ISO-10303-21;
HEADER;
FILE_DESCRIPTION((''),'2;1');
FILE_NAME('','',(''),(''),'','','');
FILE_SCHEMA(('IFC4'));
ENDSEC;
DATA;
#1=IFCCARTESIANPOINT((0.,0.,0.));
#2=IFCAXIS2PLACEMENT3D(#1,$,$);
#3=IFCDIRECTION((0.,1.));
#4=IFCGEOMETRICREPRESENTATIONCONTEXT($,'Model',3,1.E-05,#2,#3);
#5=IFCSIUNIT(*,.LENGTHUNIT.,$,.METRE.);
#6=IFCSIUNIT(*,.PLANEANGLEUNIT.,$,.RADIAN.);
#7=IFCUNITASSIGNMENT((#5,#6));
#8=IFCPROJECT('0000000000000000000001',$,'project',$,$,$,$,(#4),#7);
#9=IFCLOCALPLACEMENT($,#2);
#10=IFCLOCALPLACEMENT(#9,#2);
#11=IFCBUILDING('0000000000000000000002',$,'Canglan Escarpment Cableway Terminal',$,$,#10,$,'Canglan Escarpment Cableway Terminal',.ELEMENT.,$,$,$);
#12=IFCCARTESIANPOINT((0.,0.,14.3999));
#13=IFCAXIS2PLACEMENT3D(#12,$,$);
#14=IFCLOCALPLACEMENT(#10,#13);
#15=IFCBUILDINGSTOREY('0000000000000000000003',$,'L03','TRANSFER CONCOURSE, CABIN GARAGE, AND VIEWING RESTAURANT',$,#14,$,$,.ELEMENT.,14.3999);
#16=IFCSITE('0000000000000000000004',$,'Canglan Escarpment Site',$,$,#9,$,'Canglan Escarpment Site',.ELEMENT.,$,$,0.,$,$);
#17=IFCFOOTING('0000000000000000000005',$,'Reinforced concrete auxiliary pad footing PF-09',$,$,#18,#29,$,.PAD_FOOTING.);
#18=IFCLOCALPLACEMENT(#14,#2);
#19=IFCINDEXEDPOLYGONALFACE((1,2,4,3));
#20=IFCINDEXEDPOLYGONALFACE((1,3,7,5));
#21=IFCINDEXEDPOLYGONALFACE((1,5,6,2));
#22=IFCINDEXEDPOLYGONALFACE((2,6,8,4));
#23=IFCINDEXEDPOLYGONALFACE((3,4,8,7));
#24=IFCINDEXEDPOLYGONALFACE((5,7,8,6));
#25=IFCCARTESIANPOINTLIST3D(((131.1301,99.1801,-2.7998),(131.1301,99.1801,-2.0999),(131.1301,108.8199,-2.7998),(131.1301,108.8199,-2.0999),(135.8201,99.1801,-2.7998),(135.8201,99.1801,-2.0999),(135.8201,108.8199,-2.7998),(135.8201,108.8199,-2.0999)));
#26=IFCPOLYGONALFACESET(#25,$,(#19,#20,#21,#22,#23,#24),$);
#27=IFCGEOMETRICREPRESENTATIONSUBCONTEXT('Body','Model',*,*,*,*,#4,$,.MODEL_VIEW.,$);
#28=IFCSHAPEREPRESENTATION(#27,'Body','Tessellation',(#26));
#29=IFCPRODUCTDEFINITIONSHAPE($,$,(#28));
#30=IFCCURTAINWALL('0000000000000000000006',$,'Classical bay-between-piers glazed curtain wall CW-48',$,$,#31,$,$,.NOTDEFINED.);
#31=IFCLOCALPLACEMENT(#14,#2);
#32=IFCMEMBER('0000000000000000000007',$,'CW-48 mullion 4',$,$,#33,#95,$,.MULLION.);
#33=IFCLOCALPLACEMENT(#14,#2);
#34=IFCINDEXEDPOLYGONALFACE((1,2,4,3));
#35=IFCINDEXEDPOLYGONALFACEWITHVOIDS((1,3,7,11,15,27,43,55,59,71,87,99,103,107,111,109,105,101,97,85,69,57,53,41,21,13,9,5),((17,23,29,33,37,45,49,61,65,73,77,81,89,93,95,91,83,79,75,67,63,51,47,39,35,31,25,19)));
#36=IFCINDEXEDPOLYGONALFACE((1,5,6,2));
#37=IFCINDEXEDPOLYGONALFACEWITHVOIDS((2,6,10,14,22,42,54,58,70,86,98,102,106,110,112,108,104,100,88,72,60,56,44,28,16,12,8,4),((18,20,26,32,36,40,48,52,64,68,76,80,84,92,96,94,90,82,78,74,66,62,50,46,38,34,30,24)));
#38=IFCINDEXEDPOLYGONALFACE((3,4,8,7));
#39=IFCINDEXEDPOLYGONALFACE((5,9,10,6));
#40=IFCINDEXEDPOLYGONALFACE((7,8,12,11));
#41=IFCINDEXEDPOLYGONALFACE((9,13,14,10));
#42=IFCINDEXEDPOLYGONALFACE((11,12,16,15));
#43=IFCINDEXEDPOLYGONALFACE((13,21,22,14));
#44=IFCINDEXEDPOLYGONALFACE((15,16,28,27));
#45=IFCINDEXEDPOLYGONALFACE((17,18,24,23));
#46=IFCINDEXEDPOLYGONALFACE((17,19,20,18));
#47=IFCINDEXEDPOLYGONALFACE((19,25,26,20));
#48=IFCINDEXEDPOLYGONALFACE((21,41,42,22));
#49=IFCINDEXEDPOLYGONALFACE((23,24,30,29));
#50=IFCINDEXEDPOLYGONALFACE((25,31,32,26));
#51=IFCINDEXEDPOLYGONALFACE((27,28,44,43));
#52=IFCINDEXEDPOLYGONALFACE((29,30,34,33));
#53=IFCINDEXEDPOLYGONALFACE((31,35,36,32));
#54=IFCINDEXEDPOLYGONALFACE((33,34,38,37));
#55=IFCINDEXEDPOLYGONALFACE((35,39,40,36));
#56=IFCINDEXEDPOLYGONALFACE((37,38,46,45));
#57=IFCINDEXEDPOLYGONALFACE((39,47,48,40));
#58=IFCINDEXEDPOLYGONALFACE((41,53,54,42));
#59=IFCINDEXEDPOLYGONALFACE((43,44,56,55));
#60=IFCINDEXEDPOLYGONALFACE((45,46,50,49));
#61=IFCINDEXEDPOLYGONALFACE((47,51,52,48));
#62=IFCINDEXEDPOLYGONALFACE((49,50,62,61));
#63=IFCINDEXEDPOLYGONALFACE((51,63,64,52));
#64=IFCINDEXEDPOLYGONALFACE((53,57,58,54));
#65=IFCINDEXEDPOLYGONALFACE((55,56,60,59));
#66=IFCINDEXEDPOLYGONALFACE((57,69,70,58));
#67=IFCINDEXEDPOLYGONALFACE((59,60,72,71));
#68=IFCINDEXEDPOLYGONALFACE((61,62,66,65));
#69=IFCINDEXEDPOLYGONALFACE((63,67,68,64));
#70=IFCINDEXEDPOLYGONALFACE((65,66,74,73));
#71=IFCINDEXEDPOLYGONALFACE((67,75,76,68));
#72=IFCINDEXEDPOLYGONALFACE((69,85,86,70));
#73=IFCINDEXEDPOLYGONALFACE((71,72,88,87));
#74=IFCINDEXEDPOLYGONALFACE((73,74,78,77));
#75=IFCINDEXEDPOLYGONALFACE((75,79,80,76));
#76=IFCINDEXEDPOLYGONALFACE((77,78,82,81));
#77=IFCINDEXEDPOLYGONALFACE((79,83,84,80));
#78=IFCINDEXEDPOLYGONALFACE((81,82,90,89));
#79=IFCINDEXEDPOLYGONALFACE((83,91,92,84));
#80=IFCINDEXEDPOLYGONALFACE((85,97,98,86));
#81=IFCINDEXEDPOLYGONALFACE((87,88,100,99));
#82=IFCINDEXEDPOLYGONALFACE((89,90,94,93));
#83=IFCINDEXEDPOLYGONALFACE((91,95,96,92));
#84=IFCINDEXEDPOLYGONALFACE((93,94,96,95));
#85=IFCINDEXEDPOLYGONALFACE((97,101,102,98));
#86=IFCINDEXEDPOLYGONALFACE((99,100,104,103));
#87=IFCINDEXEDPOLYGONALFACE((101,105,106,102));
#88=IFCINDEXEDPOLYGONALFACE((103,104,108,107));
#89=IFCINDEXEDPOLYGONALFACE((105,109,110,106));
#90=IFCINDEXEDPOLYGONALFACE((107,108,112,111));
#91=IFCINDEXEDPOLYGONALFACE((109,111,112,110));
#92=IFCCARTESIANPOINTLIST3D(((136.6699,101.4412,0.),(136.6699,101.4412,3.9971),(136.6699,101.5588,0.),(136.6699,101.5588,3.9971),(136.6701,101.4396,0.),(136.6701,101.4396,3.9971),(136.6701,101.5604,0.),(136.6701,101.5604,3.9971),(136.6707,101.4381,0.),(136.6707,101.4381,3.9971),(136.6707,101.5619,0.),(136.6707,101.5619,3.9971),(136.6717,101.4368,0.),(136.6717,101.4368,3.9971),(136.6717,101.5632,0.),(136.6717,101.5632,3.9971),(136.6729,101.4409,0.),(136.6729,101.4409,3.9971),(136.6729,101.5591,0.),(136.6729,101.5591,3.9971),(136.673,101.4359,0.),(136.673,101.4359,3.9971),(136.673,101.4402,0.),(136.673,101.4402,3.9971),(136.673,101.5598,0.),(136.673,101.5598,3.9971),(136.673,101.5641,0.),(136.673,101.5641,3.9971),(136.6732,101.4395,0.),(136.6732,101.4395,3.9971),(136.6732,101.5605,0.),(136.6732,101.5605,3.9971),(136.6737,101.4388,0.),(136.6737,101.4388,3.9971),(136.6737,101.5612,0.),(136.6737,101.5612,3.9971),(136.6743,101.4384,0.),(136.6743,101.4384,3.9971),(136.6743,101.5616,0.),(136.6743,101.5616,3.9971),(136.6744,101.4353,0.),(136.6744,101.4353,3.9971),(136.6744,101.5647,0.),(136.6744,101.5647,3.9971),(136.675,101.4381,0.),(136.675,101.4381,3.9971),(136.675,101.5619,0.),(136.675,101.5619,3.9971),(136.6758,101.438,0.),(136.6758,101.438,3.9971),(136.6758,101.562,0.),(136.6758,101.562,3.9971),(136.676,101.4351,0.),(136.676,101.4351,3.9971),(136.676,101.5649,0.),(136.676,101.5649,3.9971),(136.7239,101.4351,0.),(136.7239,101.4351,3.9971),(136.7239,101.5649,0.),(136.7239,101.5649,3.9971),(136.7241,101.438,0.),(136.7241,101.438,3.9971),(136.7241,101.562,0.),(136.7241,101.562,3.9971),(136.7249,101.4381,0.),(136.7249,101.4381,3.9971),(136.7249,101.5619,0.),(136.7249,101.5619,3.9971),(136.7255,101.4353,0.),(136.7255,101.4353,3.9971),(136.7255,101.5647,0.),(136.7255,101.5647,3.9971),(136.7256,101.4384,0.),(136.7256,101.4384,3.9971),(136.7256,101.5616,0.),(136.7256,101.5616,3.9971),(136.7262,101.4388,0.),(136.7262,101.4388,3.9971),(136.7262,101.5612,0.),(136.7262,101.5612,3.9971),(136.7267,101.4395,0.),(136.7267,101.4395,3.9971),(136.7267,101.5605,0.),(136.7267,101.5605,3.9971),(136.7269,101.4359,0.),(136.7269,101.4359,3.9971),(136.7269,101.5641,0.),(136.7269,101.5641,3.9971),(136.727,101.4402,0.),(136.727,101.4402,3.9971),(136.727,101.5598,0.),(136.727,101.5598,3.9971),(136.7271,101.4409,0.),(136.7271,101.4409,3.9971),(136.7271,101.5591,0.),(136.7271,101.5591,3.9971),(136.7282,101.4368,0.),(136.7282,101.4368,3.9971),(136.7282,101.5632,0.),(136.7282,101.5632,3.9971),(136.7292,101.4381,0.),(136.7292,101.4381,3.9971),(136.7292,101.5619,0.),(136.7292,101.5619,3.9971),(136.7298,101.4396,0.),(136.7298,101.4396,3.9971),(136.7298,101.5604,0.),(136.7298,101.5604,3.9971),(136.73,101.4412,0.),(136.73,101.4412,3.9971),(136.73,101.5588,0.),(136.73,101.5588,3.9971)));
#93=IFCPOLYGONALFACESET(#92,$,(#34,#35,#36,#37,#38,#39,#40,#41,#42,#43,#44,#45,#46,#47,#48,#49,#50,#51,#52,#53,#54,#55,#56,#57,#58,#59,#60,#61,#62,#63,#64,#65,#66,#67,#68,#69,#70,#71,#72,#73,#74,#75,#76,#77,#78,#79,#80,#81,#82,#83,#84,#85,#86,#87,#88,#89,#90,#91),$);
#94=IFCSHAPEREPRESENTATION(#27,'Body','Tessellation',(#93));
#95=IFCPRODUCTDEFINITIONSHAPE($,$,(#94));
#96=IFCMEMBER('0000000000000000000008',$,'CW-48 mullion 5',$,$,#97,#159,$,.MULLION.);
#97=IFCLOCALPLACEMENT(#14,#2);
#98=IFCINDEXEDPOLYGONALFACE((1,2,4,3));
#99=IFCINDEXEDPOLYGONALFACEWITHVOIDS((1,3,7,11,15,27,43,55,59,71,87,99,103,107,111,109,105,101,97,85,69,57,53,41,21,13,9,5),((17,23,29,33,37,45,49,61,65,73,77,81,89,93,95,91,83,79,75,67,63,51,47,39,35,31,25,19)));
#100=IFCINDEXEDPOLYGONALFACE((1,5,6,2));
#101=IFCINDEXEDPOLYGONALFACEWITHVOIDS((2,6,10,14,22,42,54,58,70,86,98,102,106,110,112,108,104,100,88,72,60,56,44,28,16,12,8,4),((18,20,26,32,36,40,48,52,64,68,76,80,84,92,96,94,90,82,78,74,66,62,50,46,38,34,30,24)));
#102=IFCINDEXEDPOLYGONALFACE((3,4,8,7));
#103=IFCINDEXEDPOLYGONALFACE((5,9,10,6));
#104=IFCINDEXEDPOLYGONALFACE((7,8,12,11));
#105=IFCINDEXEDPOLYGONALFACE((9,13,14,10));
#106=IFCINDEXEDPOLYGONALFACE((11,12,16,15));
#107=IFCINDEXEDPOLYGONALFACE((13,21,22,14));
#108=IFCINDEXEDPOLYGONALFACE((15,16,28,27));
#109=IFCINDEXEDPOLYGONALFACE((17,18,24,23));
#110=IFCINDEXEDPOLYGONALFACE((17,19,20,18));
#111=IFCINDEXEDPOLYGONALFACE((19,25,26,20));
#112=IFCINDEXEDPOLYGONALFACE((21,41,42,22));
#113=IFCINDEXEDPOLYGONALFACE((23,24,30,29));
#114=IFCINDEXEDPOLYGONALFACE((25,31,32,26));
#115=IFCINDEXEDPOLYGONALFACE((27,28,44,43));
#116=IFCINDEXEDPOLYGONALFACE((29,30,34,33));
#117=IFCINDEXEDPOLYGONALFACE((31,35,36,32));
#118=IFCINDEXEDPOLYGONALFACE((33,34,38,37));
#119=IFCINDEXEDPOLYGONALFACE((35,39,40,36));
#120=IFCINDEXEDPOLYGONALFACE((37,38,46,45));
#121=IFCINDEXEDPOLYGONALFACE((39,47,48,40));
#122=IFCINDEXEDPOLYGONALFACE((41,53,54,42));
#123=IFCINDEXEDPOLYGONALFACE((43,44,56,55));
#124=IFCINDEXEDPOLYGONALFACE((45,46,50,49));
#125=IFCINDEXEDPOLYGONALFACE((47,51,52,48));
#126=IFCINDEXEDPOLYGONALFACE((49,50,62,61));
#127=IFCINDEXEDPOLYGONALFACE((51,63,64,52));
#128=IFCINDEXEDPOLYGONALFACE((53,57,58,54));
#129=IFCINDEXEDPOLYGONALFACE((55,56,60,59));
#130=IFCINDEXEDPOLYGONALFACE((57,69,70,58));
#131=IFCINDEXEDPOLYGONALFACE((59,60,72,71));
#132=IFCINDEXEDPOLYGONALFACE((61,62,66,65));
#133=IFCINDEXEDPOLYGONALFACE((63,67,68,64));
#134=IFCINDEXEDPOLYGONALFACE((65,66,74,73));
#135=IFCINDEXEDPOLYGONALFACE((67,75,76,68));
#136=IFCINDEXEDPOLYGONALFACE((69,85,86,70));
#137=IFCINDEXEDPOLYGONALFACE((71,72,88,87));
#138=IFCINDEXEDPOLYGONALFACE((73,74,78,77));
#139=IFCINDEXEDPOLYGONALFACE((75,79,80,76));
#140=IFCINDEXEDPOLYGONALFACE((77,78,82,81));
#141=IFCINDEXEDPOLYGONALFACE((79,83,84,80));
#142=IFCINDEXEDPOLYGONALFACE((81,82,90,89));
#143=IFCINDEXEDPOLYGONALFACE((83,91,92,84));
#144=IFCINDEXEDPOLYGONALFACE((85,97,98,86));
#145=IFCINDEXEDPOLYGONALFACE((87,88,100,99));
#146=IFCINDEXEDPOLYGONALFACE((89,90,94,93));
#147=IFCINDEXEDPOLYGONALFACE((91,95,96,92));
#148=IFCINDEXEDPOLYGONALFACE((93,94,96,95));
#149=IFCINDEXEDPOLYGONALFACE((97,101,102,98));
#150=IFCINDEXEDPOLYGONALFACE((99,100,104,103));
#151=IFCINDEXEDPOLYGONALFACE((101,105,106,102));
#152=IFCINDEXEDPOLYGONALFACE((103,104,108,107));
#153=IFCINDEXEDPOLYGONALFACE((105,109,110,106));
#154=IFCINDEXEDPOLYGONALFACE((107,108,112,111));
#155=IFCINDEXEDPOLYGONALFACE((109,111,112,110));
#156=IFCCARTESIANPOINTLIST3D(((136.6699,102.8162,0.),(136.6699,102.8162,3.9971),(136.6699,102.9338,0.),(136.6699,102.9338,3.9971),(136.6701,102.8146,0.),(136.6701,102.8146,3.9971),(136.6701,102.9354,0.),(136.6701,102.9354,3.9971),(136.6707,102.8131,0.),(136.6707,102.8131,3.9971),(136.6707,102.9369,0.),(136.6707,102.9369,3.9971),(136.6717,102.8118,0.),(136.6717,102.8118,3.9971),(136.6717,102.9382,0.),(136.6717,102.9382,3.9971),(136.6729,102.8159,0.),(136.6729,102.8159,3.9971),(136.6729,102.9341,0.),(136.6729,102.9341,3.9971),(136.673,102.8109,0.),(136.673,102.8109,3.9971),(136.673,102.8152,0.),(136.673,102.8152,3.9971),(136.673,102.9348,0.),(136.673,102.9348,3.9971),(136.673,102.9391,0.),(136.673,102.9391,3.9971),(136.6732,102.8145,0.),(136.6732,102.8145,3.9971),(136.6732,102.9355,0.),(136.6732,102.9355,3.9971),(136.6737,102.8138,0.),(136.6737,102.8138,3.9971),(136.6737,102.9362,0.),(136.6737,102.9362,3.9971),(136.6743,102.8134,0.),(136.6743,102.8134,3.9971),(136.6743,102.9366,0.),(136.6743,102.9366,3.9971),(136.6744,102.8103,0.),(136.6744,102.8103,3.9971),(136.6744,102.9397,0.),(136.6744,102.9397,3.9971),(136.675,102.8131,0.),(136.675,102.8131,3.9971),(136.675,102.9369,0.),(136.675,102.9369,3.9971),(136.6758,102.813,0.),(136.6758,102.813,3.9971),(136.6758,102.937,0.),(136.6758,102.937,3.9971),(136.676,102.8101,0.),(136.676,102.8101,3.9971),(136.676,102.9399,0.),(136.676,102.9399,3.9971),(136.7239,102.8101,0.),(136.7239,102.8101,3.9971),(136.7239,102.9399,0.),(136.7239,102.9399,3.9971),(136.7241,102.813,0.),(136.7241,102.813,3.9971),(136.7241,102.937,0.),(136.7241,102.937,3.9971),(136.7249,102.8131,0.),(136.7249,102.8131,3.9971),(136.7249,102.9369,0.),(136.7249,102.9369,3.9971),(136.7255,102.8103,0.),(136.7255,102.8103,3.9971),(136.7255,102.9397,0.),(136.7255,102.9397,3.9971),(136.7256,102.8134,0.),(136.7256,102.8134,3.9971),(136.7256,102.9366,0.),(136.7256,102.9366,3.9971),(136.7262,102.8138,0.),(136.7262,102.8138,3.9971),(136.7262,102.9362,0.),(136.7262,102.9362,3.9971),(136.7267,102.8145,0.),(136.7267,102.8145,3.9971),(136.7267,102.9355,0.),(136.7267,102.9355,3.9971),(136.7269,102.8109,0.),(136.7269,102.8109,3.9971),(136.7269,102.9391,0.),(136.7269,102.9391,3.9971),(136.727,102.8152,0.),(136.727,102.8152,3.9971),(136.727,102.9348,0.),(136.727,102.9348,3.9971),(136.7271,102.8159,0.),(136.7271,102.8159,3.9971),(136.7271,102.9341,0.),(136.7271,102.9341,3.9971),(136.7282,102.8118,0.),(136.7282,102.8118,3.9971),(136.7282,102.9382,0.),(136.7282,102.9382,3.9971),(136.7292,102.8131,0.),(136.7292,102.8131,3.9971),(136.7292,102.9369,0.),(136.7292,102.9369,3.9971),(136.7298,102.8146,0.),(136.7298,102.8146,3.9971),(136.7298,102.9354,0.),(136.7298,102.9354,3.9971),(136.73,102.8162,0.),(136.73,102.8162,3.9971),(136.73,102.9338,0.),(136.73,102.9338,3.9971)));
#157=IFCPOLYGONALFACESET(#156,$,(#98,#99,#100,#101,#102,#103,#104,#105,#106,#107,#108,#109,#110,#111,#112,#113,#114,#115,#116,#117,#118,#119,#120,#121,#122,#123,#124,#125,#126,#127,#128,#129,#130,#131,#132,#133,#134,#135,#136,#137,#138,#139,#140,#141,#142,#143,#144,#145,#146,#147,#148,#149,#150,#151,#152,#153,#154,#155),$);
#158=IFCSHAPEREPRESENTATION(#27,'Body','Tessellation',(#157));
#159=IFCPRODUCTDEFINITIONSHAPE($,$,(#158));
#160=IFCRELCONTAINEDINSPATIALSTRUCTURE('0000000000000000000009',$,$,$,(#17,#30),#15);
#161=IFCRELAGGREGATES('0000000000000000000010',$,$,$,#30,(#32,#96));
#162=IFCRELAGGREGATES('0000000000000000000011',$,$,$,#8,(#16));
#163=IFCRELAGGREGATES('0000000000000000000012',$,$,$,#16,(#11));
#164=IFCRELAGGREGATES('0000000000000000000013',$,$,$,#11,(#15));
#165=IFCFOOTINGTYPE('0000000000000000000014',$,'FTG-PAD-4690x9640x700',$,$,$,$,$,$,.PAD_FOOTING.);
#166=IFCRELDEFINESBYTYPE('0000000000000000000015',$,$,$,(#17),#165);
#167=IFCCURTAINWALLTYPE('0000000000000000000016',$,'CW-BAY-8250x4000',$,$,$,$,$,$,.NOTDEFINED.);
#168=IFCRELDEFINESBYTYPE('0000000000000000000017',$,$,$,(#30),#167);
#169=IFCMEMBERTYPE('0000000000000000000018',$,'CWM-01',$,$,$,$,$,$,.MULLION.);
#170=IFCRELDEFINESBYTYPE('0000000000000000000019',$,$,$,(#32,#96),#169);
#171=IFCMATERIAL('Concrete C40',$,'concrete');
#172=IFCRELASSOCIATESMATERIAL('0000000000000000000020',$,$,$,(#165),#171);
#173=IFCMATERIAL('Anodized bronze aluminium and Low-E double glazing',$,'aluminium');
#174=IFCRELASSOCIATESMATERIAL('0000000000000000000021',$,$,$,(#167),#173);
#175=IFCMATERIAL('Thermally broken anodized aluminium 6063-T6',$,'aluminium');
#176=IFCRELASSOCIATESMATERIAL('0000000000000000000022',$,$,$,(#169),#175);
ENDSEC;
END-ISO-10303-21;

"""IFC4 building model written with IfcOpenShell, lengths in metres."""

from ifc_helpers import new_model, si_unit, direction, frame, origin, origin_2d, place, context, subcontext, project, spatial, rectangle, hollow_rectangle, extrude, material, material_profile, profile_set, type_object, element, aggregate, save


model = new_model("IFC4")

# Units and contexts
model_context = context("Model", 3, precision=1e-05, world=origin(), true_north=direction((0.0, 1.0)))
body_context = subcontext(model_context, "Body", "Model", "MODEL_VIEW")
ifc_project = project(units=[si_unit("LENGTHUNIT", "METRE"), si_unit("PLANEANGLEUNIT", "RADIAN")], contexts=[model_context])

# Site, building, storey
site_placement = place(None, origin())
site = spatial("IfcSite", under=ifc_project, at=site_placement, Name="Canglan Escarpment Site", LongName="Canglan Escarpment Site", CompositionType="ELEMENT", RefElevation=0.0)
building_placement = place(site_placement, origin())
building = spatial("IfcBuilding", under=site, at=building_placement, Name="Canglan Escarpment Cableway Terminal", LongName="Canglan Escarpment Cableway Terminal", CompositionType="ELEMENT")
storey_placement = place(building_placement, frame((0.0, 0.0, 14.3999)))
storey = spatial("IfcBuildingStorey", under=building, at=storey_placement, Name="L03", Description="TRANSFER CONCOURSE, CABIN GARAGE, AND VIEWING RESTAURANT", CompositionType="ELEMENT", Elevation=14.3999)

# Footing
ifc_material_1 = material(Name="Concrete C40", Category="concrete")
footing_type = type_object("IfcFootingType", Name="FTG-PAD-4690x9640x700", PredefinedType="PAD_FOOTING", material=ifc_material_1)
footing_placement = place(storey_placement, frame((133.4751, 104.0, -2.7998), z_axis=(0.0, 0.0, 1.0), x_axis=(1.0, 0.0, 0.0)))
element("IfcFooting", 1, at=footing_placement, inside=storey, type_object=footing_type, Name="Reinforced concrete auxiliary pad footing PF-09", PredefinedType="PAD_FOOTING", context=body_context, shape_type="SweptSolid", body=[
    extrude(rectangle(XDim=4.6899, YDim=9.6399, at=origin_2d()), origin(), (0.0, 0.0, 1.0), 0.7),
])

# Curtain wall, members
ifc_material_2 = material(Name="Anodized bronze aluminium and Low-E double glazing", Category="aluminium")
curtain_wall_type = type_object("IfcCurtainWallType", Name="CW-BAY-8250x4000", PredefinedType="NOTDEFINED", material=ifc_material_2)
curtain_wall_placement = place(storey_placement, origin())
curtain_wall = element("IfcCurtainWall", 2, at=curtain_wall_placement, inside=storey, type_object=curtain_wall_type, Name="Classical bay-between-piers glazed curtain wall CW-48", PredefinedType="NOTDEFINED")
ifc_material_3 = material(Name="Thermally broken anodized aluminium 6063-T6", Category="aluminium")
ifc_material_profile_1 = material_profile(ifc_material_3, hollow_rectangle(XDim=0.0601, YDim=0.1299, WallThickness=0.0029, InnerFilletRadius=0.0029, OuterFilletRadius=0.0061, at=origin_2d()), Name="ALU-MULL 60x130x3")
ifc_profile_set_1 = profile_set([ifc_material_profile_1], Name="Thermally broken anodized aluminium 6063-T6")
member_type_1 = type_object("IfcMemberType", Name="CWM-01", PredefinedType="MULLION", material=ifc_profile_set_1)
member_1_placement = place(storey_placement, frame((136.7, 101.5, 0.0), z_axis=(0.0, 0.0, 1.0), x_axis=(-1.0, 0.0, 0.0)))
member_1 = element("IfcMember", 3, at=member_1_placement, type_object=member_type_1, Name="CW-48 mullion 4", PredefinedType="MULLION", context=body_context, shape_type="SweptSolid", body=[
    extrude(hollow_rectangle(XDim=0.0601, YDim=0.1299, WallThickness=0.0029, InnerFilletRadius=0.0029, OuterFilletRadius=0.0061, at=origin_2d()), origin(), (0.0, 0.0, 1.0), 3.9971),
])
member_2_placement = place(storey_placement, frame((136.7, 102.875, 0.0), z_axis=(0.0, 0.0, 1.0), x_axis=(-1.0, 0.0, 0.0)))
member_2 = element("IfcMember", 4, at=member_2_placement, type_object=member_type_1, Name="CW-48 mullion 5", PredefinedType="MULLION", context=body_context, shape_type="SweptSolid", body=[
    extrude(hollow_rectangle(XDim=0.0601, YDim=0.1299, WallThickness=0.0029, InnerFilletRadius=0.0029, OuterFilletRadius=0.0061, at=origin_2d()), origin(), (0.0, 0.0, 1.0), 3.9971),
])
aggregate(curtain_wall, [member_1, member_2])

save(model, "model.ifc")
